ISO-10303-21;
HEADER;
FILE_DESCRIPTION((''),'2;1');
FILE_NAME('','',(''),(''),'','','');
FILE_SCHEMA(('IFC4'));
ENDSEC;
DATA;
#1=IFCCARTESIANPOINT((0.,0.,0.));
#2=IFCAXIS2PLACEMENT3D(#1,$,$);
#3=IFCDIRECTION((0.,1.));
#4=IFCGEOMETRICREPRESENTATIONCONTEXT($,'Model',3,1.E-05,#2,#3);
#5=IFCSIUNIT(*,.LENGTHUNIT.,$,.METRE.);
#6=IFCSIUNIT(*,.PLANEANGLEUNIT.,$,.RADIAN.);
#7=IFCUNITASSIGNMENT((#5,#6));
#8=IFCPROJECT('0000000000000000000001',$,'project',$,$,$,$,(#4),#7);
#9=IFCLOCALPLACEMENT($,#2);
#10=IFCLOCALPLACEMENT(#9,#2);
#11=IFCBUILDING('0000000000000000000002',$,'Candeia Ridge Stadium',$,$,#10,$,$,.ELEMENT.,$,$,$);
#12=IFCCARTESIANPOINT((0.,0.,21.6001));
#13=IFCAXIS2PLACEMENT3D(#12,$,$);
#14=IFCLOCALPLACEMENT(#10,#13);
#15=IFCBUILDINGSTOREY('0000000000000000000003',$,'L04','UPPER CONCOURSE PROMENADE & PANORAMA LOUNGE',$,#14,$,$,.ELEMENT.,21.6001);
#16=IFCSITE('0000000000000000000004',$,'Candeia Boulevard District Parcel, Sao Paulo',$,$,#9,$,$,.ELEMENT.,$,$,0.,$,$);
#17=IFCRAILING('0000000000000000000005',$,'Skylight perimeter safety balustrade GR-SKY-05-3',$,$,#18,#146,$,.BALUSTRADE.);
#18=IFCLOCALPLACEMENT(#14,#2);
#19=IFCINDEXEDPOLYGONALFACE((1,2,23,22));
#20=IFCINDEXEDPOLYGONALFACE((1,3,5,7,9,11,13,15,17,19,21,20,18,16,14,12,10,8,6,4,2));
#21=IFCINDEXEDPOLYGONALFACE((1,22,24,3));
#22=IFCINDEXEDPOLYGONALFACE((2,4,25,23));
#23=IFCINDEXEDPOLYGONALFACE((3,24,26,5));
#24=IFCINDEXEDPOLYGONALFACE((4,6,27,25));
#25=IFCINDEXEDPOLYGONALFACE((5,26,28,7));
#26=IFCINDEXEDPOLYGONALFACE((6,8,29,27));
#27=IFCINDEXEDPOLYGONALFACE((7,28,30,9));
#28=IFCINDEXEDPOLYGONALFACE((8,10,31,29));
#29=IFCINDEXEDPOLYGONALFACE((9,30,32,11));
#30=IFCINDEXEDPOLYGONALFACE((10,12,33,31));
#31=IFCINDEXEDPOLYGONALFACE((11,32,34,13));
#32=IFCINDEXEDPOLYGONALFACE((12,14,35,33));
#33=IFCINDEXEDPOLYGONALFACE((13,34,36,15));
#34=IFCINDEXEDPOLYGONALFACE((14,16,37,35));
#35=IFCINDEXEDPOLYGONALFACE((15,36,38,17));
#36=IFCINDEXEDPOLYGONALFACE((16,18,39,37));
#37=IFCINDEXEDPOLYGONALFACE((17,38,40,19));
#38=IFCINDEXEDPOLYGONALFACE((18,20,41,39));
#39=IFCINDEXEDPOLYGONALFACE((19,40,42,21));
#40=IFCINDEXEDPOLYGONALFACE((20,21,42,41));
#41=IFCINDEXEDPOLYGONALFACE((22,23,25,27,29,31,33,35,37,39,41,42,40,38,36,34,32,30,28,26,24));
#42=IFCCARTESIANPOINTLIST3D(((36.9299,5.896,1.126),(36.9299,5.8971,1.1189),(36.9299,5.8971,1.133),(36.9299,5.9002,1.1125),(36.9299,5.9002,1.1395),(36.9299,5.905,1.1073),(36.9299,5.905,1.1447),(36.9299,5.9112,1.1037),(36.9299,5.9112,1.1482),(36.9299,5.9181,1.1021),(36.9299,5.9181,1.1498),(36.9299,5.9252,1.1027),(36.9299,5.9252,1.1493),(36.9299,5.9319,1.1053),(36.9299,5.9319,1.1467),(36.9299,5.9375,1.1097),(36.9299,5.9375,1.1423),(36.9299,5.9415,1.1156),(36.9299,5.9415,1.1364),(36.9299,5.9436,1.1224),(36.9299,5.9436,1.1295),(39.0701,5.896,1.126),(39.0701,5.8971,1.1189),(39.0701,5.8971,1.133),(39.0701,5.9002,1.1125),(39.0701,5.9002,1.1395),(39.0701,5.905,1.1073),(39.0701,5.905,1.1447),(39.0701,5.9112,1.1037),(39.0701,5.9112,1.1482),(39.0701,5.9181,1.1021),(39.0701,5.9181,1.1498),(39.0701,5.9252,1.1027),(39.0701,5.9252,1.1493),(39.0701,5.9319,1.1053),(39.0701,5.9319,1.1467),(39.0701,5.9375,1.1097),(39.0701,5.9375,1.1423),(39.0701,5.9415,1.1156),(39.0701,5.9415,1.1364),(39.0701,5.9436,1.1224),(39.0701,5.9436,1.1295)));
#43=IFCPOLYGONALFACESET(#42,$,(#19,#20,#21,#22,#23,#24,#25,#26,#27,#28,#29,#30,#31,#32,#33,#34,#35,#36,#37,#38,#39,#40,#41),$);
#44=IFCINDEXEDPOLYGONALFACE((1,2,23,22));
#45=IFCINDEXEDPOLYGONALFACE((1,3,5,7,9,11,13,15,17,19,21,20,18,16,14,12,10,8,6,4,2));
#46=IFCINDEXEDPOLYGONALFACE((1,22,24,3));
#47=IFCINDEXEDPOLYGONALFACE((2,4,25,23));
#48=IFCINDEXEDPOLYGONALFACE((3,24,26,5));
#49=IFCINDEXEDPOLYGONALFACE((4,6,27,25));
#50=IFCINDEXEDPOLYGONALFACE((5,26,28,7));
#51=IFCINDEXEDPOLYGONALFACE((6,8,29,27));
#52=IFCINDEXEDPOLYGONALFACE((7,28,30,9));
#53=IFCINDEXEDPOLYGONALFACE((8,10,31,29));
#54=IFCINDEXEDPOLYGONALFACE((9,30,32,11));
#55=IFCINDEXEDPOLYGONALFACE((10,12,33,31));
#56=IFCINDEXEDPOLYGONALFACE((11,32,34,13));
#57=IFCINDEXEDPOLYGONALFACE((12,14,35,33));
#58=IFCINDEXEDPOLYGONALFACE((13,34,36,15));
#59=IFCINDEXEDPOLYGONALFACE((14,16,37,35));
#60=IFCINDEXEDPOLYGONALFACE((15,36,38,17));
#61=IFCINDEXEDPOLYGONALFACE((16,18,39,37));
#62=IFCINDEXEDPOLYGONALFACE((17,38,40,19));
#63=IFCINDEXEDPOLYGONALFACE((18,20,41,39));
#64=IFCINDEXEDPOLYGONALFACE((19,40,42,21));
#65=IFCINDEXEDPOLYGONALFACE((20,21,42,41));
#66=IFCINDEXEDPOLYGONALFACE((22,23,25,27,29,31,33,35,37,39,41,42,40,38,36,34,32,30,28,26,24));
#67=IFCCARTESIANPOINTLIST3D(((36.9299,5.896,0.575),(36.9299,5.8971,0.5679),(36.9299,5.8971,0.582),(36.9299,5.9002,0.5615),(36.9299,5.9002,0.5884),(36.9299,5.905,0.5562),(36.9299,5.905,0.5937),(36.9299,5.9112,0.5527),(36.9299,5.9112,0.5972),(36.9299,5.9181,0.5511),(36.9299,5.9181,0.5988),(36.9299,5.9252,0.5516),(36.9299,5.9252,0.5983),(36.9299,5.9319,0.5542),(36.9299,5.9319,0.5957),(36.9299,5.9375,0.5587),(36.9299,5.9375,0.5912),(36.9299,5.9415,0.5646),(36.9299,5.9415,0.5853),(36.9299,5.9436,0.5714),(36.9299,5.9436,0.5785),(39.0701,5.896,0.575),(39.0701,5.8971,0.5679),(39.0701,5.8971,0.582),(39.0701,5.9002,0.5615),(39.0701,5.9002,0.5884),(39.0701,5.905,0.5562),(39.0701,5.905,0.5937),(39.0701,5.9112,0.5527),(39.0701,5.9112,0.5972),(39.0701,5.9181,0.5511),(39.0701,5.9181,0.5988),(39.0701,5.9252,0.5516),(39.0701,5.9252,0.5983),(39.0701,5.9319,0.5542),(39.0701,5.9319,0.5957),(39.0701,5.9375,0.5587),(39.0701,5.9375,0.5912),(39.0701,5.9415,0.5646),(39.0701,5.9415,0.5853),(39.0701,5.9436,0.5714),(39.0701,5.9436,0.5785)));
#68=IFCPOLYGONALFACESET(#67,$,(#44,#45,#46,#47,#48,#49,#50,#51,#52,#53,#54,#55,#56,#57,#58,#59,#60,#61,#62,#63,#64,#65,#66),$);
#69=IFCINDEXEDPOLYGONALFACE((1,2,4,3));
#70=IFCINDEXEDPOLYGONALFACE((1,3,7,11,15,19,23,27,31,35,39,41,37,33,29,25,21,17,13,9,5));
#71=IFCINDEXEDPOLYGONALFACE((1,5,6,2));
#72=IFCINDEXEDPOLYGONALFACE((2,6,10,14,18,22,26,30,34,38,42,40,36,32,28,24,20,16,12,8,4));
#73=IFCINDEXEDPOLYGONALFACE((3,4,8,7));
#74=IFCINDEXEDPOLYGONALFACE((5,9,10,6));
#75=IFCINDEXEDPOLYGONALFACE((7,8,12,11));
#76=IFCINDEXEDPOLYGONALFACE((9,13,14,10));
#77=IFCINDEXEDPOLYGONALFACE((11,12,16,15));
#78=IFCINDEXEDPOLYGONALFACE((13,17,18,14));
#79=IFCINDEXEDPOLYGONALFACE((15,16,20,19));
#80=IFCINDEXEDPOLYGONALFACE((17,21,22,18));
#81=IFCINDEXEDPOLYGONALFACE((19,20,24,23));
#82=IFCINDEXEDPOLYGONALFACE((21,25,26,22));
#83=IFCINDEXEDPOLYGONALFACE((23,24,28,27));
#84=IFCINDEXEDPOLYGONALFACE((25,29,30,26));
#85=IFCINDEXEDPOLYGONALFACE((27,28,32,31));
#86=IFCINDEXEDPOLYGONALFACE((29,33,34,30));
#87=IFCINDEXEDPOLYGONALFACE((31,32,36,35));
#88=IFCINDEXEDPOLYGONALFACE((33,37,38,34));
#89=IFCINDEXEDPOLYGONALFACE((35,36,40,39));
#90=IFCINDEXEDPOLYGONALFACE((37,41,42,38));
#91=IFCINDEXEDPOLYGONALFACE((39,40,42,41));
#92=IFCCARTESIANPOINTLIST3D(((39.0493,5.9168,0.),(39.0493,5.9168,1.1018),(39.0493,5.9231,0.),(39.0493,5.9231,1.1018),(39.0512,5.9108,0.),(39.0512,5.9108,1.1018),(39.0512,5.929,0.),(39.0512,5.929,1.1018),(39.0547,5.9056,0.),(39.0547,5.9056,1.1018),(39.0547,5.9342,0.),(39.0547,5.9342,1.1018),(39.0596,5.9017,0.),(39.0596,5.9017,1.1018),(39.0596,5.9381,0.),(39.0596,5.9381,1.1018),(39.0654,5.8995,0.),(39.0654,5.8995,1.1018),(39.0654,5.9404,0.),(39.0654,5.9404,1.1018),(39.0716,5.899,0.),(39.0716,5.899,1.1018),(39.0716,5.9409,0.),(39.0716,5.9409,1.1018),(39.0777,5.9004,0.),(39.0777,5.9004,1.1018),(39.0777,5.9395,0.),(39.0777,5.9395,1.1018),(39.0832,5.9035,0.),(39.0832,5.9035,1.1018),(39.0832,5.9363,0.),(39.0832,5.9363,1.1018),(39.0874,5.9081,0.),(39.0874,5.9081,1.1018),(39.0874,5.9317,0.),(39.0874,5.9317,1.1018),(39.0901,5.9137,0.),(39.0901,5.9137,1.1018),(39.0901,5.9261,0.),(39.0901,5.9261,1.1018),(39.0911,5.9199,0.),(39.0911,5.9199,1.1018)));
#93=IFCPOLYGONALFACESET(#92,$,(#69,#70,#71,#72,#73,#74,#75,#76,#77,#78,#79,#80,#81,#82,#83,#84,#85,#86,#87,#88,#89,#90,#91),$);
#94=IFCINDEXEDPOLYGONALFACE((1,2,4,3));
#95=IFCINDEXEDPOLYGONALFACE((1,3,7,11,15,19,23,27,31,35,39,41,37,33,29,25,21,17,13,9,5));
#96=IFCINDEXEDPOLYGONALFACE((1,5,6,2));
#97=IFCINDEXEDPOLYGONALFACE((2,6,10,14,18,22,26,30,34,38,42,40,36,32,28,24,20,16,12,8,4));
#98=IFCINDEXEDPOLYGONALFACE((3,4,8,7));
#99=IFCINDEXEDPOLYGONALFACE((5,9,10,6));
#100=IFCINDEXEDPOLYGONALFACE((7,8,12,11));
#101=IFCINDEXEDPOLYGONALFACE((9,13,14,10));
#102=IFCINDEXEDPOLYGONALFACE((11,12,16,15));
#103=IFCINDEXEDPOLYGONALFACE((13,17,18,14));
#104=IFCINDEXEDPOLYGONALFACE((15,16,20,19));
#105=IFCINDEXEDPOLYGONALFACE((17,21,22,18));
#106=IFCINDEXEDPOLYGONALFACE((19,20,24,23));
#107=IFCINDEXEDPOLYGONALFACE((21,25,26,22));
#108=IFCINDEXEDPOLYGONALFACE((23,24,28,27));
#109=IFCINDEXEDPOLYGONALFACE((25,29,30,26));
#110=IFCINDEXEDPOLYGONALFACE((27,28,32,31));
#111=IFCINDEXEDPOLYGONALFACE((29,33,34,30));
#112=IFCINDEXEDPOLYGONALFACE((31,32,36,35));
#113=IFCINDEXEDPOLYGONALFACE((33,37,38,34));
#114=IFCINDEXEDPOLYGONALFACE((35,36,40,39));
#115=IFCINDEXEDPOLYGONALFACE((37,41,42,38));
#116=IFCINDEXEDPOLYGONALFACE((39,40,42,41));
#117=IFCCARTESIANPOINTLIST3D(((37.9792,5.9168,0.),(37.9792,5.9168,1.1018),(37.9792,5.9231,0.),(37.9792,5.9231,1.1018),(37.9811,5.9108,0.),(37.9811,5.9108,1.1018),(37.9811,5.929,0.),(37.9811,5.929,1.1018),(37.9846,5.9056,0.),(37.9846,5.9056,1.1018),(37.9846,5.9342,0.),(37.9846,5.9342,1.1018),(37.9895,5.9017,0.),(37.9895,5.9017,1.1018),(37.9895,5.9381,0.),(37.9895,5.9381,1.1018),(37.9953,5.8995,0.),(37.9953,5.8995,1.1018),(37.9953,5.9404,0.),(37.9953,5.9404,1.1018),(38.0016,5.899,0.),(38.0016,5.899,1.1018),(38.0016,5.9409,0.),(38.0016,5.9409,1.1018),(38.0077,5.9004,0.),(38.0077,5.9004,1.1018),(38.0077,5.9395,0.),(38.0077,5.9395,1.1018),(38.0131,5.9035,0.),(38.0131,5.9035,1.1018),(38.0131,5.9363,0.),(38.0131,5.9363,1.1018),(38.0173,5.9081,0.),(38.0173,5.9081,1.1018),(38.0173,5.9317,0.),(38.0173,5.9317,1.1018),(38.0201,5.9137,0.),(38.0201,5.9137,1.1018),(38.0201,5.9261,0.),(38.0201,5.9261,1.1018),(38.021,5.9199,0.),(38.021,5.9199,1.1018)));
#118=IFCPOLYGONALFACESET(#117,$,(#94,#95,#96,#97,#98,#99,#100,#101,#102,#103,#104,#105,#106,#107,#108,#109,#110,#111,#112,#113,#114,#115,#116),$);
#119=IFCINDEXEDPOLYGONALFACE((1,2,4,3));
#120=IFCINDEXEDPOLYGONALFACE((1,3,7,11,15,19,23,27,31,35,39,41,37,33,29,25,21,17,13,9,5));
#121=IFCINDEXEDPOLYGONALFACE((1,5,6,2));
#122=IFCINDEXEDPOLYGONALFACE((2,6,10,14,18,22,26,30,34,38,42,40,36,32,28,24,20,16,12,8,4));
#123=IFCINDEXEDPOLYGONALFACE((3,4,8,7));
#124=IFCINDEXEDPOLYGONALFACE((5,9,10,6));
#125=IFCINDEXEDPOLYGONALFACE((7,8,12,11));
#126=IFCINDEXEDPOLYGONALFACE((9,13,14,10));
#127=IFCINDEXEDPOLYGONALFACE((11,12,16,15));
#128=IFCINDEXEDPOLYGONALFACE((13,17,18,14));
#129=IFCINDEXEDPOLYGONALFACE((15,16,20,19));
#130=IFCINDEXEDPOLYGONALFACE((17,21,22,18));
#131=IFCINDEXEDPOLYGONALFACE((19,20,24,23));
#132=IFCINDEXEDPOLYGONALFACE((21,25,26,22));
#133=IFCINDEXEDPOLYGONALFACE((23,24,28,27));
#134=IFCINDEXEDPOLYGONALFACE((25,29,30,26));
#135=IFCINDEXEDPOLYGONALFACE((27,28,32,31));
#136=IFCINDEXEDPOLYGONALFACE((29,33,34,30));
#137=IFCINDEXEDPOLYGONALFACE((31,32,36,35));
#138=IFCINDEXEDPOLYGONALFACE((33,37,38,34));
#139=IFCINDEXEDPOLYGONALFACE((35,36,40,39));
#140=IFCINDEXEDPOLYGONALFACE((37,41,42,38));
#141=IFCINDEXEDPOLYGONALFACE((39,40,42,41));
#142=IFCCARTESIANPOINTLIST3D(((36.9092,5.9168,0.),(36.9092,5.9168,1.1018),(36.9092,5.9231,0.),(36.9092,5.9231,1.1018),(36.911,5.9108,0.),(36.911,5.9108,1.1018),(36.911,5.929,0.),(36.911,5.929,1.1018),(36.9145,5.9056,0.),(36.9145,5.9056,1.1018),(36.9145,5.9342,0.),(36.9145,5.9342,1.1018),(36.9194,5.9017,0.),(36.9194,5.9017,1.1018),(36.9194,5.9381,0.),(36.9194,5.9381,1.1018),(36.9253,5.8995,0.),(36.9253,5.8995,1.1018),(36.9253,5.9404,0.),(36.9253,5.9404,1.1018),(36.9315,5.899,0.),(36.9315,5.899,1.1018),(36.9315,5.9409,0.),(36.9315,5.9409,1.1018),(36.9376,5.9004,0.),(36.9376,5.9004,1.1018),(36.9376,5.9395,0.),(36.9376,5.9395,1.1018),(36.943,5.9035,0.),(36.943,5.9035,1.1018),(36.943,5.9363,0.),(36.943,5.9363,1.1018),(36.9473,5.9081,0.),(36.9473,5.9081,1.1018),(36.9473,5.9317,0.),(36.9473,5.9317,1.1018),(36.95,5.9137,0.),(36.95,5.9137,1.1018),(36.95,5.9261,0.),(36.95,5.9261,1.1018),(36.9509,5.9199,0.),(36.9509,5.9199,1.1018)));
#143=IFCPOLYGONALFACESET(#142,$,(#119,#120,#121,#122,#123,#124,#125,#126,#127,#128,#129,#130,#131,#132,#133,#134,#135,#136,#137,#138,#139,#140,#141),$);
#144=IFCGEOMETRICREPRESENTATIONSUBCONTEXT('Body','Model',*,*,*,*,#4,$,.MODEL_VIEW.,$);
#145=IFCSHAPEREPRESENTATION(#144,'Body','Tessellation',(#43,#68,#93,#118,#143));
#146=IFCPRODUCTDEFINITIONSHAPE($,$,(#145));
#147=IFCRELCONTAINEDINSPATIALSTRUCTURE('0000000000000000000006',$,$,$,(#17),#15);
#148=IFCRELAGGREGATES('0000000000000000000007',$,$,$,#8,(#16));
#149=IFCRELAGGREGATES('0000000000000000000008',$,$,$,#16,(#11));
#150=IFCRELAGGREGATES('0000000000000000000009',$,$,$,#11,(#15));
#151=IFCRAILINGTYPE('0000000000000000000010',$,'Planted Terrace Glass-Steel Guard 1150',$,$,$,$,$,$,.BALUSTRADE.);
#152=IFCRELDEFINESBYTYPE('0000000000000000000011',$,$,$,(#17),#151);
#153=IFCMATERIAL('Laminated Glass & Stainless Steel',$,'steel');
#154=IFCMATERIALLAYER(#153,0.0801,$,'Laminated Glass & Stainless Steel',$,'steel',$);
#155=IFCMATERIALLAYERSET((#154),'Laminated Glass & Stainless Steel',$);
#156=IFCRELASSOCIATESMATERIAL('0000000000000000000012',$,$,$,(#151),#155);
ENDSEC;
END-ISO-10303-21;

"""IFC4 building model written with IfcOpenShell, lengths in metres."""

from ifc_helpers import new_model, si_unit, direction, frame, origin, origin_2d, place, context, subcontext, project, spatial, circle, extrude, material, layer, layer_set, type_object, element, save


model = new_model("IFC4")

# Units and contexts
model_context = context("Model", 3, precision=1e-05, world=origin(), true_north=direction((0.0, 1.0)))
body_context = subcontext(model_context, "Body", "Model", "MODEL_VIEW")
ifc_project = project(units=[si_unit("LENGTHUNIT", "METRE"), si_unit("PLANEANGLEUNIT", "RADIAN")], contexts=[model_context])

# Site, building, storey
site_placement = place(None, origin())
site = spatial("IfcSite", under=ifc_project, at=site_placement, Name="Candeia Boulevard District Parcel, Sao Paulo", CompositionType="ELEMENT", RefElevation=0.0)
building_placement = place(site_placement, origin())
building = spatial("IfcBuilding", under=site, at=building_placement, Name="Candeia Ridge Stadium", CompositionType="ELEMENT")
storey_placement = place(building_placement, frame((0.0, 0.0, 21.6001)))
storey = spatial("IfcBuildingStorey", under=building, at=storey_placement, Name="L04", Description="UPPER CONCOURSE PROMENADE & PANORAMA LOUNGE", CompositionType="ELEMENT", Elevation=21.6001)

# Railing
ifc_material_1 = material(Name="Laminated Glass & Stainless Steel", Category="steel")
ifc_layer_1 = layer(ifc_material_1, 0.0801, Name="Laminated Glass & Stainless Steel", Category="steel")
ifc_layer_set_1 = layer_set([ifc_layer_1], Name="Laminated Glass & Stainless Steel")
railing_type_1 = type_object("IfcRailingType", Name="Planted Terrace Glass-Steel Guard 1150", PredefinedType="BALUSTRADE", material=ifc_layer_set_1)
railing_1_placement = place(storey_placement, frame((39.0701, 5.9199, 0.0)))
element("IfcRailing", 1, at=railing_1_placement, inside=storey, type_object=railing_type_1, Name="Skylight perimeter safety balustrade GR-SKY-05-3", PredefinedType="BALUSTRADE", context=body_context, shape_type="SweptSolid", body=[
    extrude(circle(Radius=0.0239, at=origin_2d()), frame((0.0, 0.0, 1.126), z_axis=(-1.0, 0.0, 0.0), x_axis=(0.0, -1.0, 0.0)), (0.0, 0.0, 1.0), 2.1401),
    extrude(circle(Radius=0.0239, at=origin_2d()), frame((0.0, 0.0, 0.575), z_axis=(-1.0, 0.0, 0.0), x_axis=(0.0, -1.0, 0.0)), (0.0, 0.0, 1.0), 2.1401),
    extrude(circle(Radius=0.021, at=origin_2d()), origin(), (0.0, 0.0, 1.0), 1.1018),
    extrude(circle(Radius=0.021, at=origin_2d()), frame((-1.0701, 0.0, 0.0)), (0.0, 0.0, 1.0), 1.1018),
    extrude(circle(Radius=0.021, at=origin_2d()), frame((-2.1401, 0.0, 0.0)), (0.0, 0.0, 1.0), 1.1018),
])

save(model, "model.ifc")
